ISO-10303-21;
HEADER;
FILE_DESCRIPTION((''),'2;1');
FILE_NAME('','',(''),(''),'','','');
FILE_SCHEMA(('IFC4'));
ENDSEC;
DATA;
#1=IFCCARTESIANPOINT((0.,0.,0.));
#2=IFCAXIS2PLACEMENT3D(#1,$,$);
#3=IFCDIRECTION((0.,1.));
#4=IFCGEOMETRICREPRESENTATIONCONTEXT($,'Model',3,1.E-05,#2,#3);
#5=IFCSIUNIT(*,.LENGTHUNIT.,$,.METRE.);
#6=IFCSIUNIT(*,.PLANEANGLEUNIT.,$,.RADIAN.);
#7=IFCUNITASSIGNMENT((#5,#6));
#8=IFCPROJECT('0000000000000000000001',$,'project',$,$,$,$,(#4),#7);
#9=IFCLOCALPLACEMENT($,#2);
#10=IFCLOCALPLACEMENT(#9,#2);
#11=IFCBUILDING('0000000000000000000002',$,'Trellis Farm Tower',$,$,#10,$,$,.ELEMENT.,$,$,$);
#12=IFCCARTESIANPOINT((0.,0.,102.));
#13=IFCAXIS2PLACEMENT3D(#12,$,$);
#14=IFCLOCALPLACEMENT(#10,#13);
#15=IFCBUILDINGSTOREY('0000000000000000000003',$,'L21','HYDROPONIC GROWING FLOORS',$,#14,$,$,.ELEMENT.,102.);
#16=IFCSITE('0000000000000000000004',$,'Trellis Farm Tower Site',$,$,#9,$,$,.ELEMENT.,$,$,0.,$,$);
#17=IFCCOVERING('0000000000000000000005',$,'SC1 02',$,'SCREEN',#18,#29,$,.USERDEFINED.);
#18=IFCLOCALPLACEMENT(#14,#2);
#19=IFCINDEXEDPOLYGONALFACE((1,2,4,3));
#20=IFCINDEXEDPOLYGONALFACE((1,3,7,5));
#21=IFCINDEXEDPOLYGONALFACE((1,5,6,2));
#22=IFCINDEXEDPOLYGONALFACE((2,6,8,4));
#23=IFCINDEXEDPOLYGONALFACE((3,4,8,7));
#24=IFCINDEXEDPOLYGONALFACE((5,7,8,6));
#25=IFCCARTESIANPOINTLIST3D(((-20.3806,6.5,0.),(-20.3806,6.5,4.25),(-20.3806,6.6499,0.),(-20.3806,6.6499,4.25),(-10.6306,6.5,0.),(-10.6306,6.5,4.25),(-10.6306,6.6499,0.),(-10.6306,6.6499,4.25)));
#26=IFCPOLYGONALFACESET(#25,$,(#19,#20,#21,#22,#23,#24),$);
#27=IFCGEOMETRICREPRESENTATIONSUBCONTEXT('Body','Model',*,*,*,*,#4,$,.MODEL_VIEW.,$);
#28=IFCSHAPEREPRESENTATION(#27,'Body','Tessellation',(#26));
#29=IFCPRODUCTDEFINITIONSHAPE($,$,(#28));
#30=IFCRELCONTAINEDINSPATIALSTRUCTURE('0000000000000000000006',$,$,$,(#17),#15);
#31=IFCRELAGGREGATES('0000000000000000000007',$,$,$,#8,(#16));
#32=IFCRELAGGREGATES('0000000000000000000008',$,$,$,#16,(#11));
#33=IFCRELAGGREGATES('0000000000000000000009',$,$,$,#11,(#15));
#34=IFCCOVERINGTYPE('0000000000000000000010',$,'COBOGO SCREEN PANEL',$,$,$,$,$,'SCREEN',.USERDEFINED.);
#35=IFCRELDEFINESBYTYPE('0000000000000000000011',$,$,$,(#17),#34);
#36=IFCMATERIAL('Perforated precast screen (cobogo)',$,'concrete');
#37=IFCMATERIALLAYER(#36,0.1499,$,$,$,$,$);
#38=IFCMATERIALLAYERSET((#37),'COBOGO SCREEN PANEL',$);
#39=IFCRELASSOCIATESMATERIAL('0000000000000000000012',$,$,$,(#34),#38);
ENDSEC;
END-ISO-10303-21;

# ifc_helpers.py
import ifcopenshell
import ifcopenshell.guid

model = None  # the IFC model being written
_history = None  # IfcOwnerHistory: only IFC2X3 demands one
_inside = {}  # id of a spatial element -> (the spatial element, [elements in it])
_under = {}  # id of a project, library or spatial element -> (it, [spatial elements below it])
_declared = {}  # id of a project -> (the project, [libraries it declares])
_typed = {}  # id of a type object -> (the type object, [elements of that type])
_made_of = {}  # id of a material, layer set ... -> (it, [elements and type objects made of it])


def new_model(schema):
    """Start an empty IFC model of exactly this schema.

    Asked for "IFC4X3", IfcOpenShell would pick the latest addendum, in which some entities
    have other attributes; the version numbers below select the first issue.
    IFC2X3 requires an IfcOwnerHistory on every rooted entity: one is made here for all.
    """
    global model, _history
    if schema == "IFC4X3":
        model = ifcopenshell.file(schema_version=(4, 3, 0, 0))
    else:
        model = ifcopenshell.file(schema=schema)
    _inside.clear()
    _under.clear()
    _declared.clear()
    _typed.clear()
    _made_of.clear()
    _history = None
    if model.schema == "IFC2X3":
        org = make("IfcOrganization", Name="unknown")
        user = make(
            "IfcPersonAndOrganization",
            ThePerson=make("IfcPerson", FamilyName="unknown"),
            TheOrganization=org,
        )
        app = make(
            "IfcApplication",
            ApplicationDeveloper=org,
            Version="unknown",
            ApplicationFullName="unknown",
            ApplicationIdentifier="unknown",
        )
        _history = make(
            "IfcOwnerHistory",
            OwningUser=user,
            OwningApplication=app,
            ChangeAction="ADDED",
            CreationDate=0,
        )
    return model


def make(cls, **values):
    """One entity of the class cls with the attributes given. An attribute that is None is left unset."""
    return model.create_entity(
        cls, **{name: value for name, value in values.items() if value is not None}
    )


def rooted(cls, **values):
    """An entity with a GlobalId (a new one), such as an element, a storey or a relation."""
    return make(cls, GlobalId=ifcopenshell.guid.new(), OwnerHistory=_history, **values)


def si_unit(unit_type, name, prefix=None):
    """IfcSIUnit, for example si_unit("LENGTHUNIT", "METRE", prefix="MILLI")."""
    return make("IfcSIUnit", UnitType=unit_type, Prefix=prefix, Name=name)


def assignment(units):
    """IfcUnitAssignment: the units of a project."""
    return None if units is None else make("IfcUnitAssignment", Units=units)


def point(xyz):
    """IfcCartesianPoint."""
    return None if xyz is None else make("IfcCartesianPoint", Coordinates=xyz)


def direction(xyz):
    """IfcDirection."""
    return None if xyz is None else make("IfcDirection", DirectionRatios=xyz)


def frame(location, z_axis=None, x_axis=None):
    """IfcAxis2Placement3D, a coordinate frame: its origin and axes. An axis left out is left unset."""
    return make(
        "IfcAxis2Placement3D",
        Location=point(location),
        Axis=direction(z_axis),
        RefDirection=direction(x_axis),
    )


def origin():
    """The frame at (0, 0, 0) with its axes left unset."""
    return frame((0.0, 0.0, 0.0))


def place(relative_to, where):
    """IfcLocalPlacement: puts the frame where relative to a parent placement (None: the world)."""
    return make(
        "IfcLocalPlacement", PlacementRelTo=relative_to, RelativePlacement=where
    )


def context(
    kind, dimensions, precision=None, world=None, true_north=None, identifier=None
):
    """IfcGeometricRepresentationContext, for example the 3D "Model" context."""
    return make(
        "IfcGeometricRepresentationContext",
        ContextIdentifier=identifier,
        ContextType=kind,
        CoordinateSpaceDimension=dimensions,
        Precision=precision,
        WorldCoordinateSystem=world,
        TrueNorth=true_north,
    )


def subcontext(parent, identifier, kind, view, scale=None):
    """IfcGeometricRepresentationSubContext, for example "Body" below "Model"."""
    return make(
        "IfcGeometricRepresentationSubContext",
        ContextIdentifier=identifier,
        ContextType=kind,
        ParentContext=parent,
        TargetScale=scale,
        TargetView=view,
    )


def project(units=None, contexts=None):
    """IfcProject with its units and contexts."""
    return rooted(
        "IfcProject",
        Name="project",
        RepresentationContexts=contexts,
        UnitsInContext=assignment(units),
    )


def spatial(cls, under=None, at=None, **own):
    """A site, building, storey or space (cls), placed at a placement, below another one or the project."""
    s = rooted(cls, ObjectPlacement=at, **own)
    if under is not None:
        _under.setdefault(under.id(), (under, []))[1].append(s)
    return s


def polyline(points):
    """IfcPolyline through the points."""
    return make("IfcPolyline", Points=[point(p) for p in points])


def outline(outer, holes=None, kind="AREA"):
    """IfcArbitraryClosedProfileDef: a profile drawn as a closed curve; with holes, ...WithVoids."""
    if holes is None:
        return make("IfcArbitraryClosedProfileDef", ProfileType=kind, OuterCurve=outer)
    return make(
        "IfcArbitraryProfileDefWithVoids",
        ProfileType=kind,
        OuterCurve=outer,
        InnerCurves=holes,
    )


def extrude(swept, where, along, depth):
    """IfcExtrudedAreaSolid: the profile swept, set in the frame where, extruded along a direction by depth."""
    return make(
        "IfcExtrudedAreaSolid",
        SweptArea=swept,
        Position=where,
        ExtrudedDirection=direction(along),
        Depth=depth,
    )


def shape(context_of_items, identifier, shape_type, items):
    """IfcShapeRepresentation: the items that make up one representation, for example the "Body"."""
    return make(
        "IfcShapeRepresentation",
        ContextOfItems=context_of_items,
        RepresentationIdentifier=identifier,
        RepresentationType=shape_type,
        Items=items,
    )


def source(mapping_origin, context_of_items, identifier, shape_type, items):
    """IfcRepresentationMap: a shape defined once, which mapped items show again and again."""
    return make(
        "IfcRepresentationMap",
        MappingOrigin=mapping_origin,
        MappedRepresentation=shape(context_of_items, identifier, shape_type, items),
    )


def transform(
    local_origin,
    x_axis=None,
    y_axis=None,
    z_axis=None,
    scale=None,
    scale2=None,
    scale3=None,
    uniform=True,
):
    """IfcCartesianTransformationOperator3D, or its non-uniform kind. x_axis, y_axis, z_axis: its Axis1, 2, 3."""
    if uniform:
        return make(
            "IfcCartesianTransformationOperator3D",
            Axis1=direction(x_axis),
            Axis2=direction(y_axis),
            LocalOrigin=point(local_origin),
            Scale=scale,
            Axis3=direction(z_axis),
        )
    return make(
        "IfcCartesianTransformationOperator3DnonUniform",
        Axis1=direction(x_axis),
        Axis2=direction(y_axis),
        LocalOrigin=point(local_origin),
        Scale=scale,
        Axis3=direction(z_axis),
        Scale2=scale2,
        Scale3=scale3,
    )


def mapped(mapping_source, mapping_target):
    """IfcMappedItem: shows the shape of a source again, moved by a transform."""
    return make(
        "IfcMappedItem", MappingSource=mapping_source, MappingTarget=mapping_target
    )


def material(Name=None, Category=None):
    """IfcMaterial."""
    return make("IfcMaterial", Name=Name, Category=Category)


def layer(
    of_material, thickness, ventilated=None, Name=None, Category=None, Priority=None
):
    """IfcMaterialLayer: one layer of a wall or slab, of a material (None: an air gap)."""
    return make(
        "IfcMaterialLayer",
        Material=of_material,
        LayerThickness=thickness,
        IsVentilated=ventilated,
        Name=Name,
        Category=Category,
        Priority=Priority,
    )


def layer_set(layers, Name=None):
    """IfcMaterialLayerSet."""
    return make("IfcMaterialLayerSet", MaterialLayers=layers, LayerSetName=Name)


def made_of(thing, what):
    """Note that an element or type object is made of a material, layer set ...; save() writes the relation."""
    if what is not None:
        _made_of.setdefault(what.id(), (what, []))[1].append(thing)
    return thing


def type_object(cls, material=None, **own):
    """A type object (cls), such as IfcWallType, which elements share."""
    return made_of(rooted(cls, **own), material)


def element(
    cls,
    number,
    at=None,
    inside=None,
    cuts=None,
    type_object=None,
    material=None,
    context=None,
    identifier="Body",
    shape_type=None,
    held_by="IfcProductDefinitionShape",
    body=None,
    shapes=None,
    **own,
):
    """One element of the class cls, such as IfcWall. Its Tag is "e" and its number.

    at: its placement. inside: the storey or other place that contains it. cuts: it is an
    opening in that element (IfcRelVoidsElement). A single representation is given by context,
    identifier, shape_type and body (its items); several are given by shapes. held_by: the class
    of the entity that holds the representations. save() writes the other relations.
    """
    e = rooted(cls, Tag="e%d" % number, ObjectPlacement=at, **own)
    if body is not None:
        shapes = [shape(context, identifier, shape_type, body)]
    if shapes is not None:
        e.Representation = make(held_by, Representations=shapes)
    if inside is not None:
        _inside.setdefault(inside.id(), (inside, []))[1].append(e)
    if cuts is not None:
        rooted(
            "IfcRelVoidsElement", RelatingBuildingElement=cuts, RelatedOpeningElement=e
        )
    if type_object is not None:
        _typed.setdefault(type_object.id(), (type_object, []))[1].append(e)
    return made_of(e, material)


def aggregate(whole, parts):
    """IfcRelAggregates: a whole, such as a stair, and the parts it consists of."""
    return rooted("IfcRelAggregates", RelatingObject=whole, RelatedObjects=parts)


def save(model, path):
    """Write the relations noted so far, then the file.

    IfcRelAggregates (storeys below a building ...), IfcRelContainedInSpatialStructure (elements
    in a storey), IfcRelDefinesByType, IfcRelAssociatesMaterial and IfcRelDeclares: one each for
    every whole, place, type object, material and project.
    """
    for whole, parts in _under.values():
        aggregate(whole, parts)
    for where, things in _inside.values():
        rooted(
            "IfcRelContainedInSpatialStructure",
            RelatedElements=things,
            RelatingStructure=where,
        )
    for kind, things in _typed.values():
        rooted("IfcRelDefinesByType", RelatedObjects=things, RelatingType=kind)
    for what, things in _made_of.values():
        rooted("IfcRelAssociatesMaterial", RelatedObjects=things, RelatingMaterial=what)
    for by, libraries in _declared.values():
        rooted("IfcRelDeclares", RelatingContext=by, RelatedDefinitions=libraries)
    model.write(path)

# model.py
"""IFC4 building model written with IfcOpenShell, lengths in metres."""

from ifc_helpers import new_model, si_unit, direction, frame, origin, place, context, subcontext, project, spatial, polyline, outline, extrude, source, transform, mapped, material, layer, layer_set, type_object, element, save


model = new_model("IFC4")

# Units and contexts
model_context = context("Model", 3, precision=1e-05, world=origin(), true_north=direction((0.0, 1.0)))
body_context = subcontext(model_context, "Body", "Model", "MODEL_VIEW")
ifc_project = project(units=[si_unit("LENGTHUNIT", "METRE"), si_unit("PLANEANGLEUNIT", "RADIAN")], contexts=[model_context])

# Site, building, storey
site_placement = place(None, origin())
site = spatial("IfcSite", under=ifc_project, at=site_placement, Name="Trellis Farm Tower Site", CompositionType="ELEMENT", RefElevation=0.0)
building_placement = place(site_placement, origin())
building = spatial("IfcBuilding", under=site, at=building_placement, Name="Trellis Farm Tower", CompositionType="ELEMENT")
storey_placement = place(building_placement, frame((0.0, 0.0, 102.0)))
storey = spatial("IfcBuildingStorey", under=building, at=storey_placement, Name="L21", Description="HYDROPONIC GROWING FLOORS", CompositionType="ELEMENT", Elevation=102.0)

# Shared definitions
placement = place(storey_placement, origin())

# Covering
ifc_material_1 = material(Name="Perforated precast screen (cobogo)", Category="concrete")
ifc_layer_1 = layer(ifc_material_1, 0.1499)
ifc_layer_set_1 = layer_set([ifc_layer_1], Name="COBOGO SCREEN PANEL")
covering_type = type_object("IfcCoveringType", Name="COBOGO SCREEN PANEL", ElementType="SCREEN", PredefinedType="USERDEFINED", material=ifc_layer_set_1)
shared_shape_1 = source(origin(), body_context, "Body", "SweptSolid", [
    extrude(outline(polyline([(-10.6306, 6.6499), (-20.3806, 6.6499), (-20.3806, 6.5), (-10.6306, 6.5), (-10.6306, 6.6499)])), origin(), (0.0, 0.0, 1.0), 4.25),
])
element("IfcCovering", 1, at=placement, inside=storey, type_object=covering_type, Name="SC1 02", ObjectType="SCREEN", PredefinedType="USERDEFINED", context=body_context, shape_type="MappedRepresentation", body=[
    mapped(shared_shape_1, transform((0.0, 0.0, 0.0))),
])

save(model, "model.ifc")
